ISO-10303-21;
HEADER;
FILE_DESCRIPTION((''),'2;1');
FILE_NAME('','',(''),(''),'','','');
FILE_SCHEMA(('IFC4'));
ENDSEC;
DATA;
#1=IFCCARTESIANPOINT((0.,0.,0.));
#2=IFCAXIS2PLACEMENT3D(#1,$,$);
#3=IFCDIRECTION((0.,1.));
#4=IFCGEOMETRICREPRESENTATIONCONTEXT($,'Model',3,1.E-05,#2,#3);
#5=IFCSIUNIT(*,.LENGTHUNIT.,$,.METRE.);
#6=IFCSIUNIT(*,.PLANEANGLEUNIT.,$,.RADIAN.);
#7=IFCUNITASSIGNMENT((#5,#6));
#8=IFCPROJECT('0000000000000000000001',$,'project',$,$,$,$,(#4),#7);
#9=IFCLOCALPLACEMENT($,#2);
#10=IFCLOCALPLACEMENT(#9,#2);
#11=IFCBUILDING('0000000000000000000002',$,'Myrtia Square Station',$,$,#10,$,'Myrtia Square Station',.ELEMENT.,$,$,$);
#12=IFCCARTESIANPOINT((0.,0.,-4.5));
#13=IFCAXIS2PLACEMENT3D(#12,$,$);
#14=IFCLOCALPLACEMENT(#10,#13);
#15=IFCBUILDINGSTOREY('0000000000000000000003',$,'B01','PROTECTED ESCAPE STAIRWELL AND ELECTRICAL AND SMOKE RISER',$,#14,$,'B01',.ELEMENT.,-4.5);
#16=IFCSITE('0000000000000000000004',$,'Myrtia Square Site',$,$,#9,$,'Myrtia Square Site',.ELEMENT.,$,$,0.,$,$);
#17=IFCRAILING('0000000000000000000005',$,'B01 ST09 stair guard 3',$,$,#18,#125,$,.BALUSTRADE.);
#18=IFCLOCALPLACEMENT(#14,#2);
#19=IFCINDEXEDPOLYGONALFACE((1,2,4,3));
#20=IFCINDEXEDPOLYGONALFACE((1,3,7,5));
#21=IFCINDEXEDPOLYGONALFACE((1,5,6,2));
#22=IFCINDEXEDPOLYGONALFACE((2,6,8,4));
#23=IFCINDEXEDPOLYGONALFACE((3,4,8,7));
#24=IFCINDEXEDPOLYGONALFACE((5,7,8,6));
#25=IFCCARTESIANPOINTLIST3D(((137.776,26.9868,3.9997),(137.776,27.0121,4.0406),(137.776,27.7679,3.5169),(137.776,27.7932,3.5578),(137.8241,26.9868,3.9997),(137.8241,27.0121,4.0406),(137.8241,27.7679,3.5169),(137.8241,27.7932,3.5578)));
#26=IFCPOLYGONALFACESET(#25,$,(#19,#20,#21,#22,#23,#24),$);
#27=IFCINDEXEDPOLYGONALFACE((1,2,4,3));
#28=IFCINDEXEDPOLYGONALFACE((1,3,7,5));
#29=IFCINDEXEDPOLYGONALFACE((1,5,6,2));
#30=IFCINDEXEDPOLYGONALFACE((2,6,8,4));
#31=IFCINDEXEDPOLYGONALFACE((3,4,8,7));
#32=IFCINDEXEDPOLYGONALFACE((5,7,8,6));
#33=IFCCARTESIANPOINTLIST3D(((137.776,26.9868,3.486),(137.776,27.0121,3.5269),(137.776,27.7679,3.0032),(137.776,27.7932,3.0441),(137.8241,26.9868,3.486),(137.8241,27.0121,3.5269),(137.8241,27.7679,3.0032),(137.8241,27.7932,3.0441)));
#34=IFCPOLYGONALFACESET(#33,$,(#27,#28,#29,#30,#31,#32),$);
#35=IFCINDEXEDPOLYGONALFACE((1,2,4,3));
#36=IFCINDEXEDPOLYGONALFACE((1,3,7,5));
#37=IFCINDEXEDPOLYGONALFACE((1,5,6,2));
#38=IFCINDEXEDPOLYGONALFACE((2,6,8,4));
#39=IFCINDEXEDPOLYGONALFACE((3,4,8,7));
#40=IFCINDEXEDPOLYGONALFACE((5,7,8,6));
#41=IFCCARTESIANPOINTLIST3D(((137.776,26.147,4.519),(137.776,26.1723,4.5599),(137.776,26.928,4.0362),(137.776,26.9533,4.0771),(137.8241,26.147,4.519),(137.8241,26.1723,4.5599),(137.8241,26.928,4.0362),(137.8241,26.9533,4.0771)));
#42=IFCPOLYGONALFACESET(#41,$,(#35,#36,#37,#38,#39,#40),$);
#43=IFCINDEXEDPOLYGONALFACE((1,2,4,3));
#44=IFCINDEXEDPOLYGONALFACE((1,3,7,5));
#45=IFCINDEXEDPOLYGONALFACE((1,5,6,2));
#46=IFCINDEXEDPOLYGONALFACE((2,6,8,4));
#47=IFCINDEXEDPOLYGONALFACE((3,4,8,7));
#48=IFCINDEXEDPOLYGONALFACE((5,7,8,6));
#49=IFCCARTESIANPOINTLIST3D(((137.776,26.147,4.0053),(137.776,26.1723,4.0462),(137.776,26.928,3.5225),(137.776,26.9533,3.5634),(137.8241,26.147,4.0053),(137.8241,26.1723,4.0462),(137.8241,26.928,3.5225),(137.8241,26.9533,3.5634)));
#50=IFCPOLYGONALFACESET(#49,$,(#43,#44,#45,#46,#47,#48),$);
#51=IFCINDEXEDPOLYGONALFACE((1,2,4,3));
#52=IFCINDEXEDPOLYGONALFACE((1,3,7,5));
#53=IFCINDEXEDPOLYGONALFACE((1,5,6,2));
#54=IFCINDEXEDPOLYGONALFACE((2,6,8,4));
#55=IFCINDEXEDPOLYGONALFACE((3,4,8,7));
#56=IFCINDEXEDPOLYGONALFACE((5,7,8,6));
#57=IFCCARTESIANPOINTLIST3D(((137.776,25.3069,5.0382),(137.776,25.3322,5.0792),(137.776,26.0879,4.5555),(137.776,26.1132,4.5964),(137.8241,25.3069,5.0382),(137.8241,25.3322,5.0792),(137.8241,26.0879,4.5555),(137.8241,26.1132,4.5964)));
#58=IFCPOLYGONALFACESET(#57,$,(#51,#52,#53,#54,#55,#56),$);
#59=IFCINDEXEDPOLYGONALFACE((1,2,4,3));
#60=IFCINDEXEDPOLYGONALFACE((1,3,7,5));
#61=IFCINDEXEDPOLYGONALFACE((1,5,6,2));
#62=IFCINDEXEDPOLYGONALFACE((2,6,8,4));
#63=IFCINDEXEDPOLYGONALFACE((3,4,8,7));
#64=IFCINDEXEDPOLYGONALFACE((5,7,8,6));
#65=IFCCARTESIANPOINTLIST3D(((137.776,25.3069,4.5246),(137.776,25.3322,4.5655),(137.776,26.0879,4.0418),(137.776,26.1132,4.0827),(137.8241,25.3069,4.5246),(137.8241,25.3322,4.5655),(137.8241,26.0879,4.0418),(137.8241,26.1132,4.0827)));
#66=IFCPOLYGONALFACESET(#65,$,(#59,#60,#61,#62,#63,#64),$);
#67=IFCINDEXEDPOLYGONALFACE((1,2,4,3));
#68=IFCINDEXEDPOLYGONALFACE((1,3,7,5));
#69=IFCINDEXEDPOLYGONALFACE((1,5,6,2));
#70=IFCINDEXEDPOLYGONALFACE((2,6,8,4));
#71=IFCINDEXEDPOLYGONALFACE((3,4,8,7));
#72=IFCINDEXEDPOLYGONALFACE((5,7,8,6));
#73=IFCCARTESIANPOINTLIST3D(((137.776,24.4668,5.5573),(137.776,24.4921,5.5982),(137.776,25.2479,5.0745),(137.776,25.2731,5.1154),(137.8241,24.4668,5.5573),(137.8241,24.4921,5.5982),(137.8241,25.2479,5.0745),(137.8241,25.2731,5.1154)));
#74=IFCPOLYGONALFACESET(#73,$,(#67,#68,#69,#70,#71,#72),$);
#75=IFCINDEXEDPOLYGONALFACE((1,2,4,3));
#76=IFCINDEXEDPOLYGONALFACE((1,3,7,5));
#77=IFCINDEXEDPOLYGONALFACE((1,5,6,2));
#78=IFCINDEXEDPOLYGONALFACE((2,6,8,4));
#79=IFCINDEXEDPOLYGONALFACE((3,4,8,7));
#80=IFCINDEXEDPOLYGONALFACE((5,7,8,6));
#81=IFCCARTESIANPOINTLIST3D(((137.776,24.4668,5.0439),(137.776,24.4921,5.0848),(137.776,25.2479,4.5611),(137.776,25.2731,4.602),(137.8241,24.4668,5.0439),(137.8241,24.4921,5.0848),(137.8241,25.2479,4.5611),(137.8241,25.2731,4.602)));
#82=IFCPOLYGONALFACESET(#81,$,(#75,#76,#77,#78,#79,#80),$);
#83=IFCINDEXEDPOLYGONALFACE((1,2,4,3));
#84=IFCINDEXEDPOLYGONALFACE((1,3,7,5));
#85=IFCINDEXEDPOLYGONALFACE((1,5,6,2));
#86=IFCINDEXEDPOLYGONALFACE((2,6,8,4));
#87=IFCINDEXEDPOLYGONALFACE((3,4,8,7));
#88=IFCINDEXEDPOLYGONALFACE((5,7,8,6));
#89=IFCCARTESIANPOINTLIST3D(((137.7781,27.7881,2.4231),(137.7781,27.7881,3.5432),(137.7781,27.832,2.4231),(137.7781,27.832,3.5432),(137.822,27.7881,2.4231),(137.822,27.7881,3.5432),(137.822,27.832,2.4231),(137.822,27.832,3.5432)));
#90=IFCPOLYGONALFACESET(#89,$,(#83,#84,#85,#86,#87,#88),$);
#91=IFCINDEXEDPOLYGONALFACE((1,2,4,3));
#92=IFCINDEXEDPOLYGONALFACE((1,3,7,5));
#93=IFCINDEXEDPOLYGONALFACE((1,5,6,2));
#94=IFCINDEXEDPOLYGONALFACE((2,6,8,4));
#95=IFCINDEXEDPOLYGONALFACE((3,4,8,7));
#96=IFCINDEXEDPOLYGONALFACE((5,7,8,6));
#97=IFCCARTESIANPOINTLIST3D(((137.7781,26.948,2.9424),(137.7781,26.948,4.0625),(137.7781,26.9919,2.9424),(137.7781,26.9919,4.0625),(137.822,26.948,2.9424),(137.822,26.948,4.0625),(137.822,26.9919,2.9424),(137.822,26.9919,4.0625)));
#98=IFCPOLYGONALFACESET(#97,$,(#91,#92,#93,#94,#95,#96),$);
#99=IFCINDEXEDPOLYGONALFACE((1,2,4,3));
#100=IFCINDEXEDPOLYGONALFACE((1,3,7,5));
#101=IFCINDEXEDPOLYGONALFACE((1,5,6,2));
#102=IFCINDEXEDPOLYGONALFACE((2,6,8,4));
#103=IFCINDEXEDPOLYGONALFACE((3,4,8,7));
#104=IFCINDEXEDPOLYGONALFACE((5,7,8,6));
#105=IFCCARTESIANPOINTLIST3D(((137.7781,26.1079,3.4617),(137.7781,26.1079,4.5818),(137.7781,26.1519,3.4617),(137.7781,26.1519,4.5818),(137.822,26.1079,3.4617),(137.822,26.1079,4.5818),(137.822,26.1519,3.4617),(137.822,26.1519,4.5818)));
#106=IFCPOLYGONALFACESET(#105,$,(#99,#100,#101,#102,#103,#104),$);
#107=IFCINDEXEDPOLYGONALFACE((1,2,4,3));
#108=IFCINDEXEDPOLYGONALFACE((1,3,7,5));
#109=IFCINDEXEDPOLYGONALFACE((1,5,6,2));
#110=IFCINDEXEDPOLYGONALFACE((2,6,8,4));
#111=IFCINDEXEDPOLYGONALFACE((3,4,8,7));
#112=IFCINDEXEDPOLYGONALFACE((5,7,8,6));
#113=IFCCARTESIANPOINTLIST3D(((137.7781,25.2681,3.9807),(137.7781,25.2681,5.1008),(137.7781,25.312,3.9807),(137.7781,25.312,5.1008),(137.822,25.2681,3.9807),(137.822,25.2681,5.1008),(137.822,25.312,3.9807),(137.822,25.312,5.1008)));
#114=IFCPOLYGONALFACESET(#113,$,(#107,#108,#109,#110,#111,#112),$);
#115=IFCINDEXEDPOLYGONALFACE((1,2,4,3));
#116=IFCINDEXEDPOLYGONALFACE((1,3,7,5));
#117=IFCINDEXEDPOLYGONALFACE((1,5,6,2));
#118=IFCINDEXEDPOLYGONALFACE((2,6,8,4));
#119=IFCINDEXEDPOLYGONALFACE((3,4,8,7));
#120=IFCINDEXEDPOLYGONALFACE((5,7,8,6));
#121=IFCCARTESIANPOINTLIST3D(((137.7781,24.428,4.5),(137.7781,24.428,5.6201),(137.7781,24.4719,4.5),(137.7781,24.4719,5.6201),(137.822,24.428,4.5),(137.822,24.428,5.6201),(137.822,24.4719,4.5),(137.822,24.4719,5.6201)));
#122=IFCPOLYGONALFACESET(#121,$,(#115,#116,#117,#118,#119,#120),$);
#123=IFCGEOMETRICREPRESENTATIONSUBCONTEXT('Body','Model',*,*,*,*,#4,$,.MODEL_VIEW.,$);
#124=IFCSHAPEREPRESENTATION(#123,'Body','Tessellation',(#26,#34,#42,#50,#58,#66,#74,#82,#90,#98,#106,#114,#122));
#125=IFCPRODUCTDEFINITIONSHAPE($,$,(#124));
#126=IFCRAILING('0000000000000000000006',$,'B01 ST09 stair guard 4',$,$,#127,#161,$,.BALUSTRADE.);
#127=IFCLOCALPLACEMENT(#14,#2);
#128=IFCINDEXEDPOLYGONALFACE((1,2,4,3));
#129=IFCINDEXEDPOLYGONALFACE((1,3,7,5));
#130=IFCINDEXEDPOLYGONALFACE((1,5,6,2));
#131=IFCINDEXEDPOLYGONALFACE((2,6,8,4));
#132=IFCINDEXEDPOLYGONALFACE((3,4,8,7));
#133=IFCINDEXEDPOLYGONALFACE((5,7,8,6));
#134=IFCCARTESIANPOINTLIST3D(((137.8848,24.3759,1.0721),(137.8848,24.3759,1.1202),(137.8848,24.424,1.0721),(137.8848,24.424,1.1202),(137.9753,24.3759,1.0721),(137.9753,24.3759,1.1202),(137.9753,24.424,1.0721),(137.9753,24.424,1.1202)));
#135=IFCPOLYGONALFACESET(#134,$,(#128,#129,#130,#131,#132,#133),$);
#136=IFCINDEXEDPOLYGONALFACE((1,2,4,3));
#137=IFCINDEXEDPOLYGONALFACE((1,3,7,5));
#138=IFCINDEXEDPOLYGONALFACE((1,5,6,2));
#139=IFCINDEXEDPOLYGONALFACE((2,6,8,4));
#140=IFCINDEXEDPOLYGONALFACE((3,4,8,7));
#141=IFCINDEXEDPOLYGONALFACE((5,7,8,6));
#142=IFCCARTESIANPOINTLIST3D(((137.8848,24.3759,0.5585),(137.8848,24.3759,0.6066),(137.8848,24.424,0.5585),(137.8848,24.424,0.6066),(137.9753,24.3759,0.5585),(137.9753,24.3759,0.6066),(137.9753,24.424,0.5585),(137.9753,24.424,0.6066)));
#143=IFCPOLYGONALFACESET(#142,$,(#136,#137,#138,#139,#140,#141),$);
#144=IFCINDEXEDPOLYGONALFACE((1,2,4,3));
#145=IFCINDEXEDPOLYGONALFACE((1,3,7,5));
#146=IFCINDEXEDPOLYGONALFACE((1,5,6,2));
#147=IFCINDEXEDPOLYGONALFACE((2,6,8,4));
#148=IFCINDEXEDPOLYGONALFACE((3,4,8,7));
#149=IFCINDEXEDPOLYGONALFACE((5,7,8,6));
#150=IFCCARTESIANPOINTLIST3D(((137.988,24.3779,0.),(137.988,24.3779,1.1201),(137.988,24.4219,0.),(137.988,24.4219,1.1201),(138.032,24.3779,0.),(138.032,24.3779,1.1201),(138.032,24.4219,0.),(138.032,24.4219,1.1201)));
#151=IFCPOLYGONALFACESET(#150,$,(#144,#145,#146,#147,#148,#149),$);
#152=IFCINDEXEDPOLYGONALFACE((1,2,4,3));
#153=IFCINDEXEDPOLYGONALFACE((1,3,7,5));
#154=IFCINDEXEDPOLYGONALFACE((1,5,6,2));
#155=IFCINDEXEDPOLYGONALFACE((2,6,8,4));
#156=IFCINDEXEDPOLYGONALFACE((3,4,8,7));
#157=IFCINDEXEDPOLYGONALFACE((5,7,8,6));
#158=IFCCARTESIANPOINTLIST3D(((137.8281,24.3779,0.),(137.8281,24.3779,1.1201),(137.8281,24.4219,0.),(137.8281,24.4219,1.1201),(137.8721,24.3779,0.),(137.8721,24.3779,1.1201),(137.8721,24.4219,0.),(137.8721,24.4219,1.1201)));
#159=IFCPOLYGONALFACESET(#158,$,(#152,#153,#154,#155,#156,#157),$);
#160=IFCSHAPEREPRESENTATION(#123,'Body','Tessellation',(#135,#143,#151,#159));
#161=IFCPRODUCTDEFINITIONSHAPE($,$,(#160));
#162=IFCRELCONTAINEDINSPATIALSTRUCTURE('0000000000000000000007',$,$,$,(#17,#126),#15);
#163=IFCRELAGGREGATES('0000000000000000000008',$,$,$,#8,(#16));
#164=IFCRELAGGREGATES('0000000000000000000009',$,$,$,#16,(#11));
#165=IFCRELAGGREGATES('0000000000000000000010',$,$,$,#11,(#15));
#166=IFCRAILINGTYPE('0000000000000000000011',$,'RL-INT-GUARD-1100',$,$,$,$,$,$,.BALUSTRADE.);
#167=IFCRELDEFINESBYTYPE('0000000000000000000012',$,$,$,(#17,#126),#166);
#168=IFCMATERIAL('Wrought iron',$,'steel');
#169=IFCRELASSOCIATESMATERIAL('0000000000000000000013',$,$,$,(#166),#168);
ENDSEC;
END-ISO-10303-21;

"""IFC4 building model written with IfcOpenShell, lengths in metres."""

from ifc_helpers import new_model, si_unit, direction, frame, origin, origin_2d, place, context, subcontext, project, spatial, rectangle, extrude, material, type_object, element, save


model = new_model("IFC4")

# Units and contexts
model_context = context("Model", 3, precision=1e-05, world=origin(), true_north=direction((0.0, 1.0)))
body_context = subcontext(model_context, "Body", "Model", "MODEL_VIEW")
ifc_project = project(units=[si_unit("LENGTHUNIT", "METRE"), si_unit("PLANEANGLEUNIT", "RADIAN")], contexts=[model_context])

# Site, building, storey
site_placement = place(None, origin())
site = spatial("IfcSite", under=ifc_project, at=site_placement, Name="Myrtia Square Site", LongName="Myrtia Square Site", CompositionType="ELEMENT", RefElevation=0.0)
building_placement = place(site_placement, origin())
building = spatial("IfcBuilding", under=site, at=building_placement, Name="Myrtia Square Station", LongName="Myrtia Square Station", CompositionType="ELEMENT")
storey_placement = place(building_placement, frame((0.0, 0.0, -4.5)))
storey = spatial("IfcBuildingStorey", under=building, at=storey_placement, Name="B01", Description="PROTECTED ESCAPE STAIRWELL AND ELECTRICAL AND SMOKE RISER", LongName="B01", CompositionType="ELEMENT", Elevation=-4.5)

# Railings
ifc_material_1 = material(Name="Wrought iron", Category="steel")
railing_type_1 = type_object("IfcRailingType", Name="RL-INT-GUARD-1100", PredefinedType="BALUSTRADE", material=ifc_material_1)
railing_1_placement = place(storey_placement, frame((137.8, 27.8101, 2.4231)))
element("IfcRailing", 1, at=railing_1_placement, inside=storey, type_object=railing_type_1, Name="B01 ST09 stair guard 3", PredefinedType="BALUSTRADE", context=body_context, shape_type="SweptSolid", body=[
    extrude(rectangle(XDim=0.0481, YDim=0.0481, at=origin_2d()), frame((0.0, -0.0295, 1.1143), z_axis=(0.0, -0.850623, 0.525776), x_axis=(1.0, 0.0, 0.0)), (0.0, 0.0, 1.0), 0.9182),
    extrude(rectangle(XDim=0.0481, YDim=0.0481, at=origin_2d()), frame((0.0, -0.0295, 0.6006), z_axis=(0.0, -0.850623, 0.525776), x_axis=(1.0, 0.0, 0.0)), (0.0, 0.0, 1.0), 0.9182),
    extrude(rectangle(XDim=0.0481, YDim=0.0481, at=origin_2d()), frame((0.0, -0.8694, 1.6335), z_axis=(0.0, -0.850623, 0.525776), x_axis=(1.0, 0.0, 0.0)), (0.0, 0.0, 1.0), 0.9182),
    extrude(rectangle(XDim=0.0481, YDim=0.0481, at=origin_2d()), frame((0.0, -0.8694, 1.1199), z_axis=(0.0, -0.850623, 0.525776), x_axis=(1.0, 0.0, 0.0)), (0.0, 0.0, 1.0), 0.9182),
    extrude(rectangle(XDim=0.0481, YDim=0.0481, at=origin_2d()), frame((0.0, -1.7095, 2.1528), z_axis=(0.0, -0.850623, 0.525776), x_axis=(1.0, 0.0, 0.0)), (0.0, 0.0, 1.0), 0.9182),
    extrude(rectangle(XDim=0.0481, YDim=0.0481, at=origin_2d()), frame((0.0, -1.7095, 1.6392), z_axis=(0.0, -0.850623, 0.525776), x_axis=(1.0, 0.0, 0.0)), (0.0, 0.0, 1.0), 0.9182),
    extrude(rectangle(XDim=0.0481, YDim=0.0481, at=origin_2d()), frame((0.0, -2.5496, 2.6719), z_axis=(0.0, -0.850623, 0.525776), x_axis=(1.0, 0.0, 0.0)), (0.0, 0.0, 1.0), 0.9182),
    extrude(rectangle(XDim=0.0481, YDim=0.0481, at=origin_2d()), frame((0.0, -2.5496, 2.1584), z_axis=(0.0, -0.850623, 0.525776), x_axis=(1.0, 0.0, 0.0)), (0.0, 0.0, 1.0), 0.9182),
    extrude(rectangle(XDim=0.0439, YDim=0.0439, at=origin_2d()), origin(), (0.0, 0.0, 1.0), 1.1201),
    extrude(rectangle(XDim=0.0439, YDim=0.0439, at=origin_2d()), frame((0.0, -0.8401, 0.5193)), (0.0, 0.0, 1.0), 1.1201),
    extrude(rectangle(XDim=0.0439, YDim=0.0439, at=origin_2d()), frame((0.0, -1.6802, 1.0386)), (0.0, 0.0, 1.0), 1.1201),
    extrude(rectangle(XDim=0.0439, YDim=0.0439, at=origin_2d()), frame((0.0, -2.52, 1.5576)), (0.0, 0.0, 1.0), 1.1201),
    extrude(rectangle(XDim=0.0439, YDim=0.0439, at=origin_2d()), frame((0.0, -3.3601, 2.0769)), (0.0, 0.0, 1.0), 1.1201),
])
railing_2_placement = place(storey_placement, frame((138.01, 24.3999, 0.0)))
element("IfcRailing", 2, at=railing_2_placement, inside=storey, type_object=railing_type_1, Name="B01 ST09 stair guard 4", PredefinedType="BALUSTRADE", context=body_context, shape_type="SweptSolid", body=[
    extrude(rectangle(XDim=0.0481, YDim=0.0481, at=origin_2d()), frame((-0.0347, 0.0, 1.0962), z_axis=(-1.0, 0.0, 0.0), x_axis=(0.0, -1.0, 0.0)), (0.0, 0.0, 1.0), 0.0906),
    extrude(rectangle(XDim=0.0481, YDim=0.0481, at=origin_2d()), frame((-0.0347, 0.0, 0.5825), z_axis=(-1.0, 0.0, 0.0), x_axis=(0.0, -1.0, 0.0)), (0.0, 0.0, 1.0), 0.0906),
    extrude(rectangle(XDim=0.0439, YDim=0.0439, at=origin_2d()), origin(), (0.0, 0.0, 1.0), 1.1201),
    extrude(rectangle(XDim=0.0439, YDim=0.0439, at=origin_2d()), frame((-0.1599, 0.0, 0.0)), (0.0, 0.0, 1.0), 1.1201),
])

save(model, "model.ifc")
